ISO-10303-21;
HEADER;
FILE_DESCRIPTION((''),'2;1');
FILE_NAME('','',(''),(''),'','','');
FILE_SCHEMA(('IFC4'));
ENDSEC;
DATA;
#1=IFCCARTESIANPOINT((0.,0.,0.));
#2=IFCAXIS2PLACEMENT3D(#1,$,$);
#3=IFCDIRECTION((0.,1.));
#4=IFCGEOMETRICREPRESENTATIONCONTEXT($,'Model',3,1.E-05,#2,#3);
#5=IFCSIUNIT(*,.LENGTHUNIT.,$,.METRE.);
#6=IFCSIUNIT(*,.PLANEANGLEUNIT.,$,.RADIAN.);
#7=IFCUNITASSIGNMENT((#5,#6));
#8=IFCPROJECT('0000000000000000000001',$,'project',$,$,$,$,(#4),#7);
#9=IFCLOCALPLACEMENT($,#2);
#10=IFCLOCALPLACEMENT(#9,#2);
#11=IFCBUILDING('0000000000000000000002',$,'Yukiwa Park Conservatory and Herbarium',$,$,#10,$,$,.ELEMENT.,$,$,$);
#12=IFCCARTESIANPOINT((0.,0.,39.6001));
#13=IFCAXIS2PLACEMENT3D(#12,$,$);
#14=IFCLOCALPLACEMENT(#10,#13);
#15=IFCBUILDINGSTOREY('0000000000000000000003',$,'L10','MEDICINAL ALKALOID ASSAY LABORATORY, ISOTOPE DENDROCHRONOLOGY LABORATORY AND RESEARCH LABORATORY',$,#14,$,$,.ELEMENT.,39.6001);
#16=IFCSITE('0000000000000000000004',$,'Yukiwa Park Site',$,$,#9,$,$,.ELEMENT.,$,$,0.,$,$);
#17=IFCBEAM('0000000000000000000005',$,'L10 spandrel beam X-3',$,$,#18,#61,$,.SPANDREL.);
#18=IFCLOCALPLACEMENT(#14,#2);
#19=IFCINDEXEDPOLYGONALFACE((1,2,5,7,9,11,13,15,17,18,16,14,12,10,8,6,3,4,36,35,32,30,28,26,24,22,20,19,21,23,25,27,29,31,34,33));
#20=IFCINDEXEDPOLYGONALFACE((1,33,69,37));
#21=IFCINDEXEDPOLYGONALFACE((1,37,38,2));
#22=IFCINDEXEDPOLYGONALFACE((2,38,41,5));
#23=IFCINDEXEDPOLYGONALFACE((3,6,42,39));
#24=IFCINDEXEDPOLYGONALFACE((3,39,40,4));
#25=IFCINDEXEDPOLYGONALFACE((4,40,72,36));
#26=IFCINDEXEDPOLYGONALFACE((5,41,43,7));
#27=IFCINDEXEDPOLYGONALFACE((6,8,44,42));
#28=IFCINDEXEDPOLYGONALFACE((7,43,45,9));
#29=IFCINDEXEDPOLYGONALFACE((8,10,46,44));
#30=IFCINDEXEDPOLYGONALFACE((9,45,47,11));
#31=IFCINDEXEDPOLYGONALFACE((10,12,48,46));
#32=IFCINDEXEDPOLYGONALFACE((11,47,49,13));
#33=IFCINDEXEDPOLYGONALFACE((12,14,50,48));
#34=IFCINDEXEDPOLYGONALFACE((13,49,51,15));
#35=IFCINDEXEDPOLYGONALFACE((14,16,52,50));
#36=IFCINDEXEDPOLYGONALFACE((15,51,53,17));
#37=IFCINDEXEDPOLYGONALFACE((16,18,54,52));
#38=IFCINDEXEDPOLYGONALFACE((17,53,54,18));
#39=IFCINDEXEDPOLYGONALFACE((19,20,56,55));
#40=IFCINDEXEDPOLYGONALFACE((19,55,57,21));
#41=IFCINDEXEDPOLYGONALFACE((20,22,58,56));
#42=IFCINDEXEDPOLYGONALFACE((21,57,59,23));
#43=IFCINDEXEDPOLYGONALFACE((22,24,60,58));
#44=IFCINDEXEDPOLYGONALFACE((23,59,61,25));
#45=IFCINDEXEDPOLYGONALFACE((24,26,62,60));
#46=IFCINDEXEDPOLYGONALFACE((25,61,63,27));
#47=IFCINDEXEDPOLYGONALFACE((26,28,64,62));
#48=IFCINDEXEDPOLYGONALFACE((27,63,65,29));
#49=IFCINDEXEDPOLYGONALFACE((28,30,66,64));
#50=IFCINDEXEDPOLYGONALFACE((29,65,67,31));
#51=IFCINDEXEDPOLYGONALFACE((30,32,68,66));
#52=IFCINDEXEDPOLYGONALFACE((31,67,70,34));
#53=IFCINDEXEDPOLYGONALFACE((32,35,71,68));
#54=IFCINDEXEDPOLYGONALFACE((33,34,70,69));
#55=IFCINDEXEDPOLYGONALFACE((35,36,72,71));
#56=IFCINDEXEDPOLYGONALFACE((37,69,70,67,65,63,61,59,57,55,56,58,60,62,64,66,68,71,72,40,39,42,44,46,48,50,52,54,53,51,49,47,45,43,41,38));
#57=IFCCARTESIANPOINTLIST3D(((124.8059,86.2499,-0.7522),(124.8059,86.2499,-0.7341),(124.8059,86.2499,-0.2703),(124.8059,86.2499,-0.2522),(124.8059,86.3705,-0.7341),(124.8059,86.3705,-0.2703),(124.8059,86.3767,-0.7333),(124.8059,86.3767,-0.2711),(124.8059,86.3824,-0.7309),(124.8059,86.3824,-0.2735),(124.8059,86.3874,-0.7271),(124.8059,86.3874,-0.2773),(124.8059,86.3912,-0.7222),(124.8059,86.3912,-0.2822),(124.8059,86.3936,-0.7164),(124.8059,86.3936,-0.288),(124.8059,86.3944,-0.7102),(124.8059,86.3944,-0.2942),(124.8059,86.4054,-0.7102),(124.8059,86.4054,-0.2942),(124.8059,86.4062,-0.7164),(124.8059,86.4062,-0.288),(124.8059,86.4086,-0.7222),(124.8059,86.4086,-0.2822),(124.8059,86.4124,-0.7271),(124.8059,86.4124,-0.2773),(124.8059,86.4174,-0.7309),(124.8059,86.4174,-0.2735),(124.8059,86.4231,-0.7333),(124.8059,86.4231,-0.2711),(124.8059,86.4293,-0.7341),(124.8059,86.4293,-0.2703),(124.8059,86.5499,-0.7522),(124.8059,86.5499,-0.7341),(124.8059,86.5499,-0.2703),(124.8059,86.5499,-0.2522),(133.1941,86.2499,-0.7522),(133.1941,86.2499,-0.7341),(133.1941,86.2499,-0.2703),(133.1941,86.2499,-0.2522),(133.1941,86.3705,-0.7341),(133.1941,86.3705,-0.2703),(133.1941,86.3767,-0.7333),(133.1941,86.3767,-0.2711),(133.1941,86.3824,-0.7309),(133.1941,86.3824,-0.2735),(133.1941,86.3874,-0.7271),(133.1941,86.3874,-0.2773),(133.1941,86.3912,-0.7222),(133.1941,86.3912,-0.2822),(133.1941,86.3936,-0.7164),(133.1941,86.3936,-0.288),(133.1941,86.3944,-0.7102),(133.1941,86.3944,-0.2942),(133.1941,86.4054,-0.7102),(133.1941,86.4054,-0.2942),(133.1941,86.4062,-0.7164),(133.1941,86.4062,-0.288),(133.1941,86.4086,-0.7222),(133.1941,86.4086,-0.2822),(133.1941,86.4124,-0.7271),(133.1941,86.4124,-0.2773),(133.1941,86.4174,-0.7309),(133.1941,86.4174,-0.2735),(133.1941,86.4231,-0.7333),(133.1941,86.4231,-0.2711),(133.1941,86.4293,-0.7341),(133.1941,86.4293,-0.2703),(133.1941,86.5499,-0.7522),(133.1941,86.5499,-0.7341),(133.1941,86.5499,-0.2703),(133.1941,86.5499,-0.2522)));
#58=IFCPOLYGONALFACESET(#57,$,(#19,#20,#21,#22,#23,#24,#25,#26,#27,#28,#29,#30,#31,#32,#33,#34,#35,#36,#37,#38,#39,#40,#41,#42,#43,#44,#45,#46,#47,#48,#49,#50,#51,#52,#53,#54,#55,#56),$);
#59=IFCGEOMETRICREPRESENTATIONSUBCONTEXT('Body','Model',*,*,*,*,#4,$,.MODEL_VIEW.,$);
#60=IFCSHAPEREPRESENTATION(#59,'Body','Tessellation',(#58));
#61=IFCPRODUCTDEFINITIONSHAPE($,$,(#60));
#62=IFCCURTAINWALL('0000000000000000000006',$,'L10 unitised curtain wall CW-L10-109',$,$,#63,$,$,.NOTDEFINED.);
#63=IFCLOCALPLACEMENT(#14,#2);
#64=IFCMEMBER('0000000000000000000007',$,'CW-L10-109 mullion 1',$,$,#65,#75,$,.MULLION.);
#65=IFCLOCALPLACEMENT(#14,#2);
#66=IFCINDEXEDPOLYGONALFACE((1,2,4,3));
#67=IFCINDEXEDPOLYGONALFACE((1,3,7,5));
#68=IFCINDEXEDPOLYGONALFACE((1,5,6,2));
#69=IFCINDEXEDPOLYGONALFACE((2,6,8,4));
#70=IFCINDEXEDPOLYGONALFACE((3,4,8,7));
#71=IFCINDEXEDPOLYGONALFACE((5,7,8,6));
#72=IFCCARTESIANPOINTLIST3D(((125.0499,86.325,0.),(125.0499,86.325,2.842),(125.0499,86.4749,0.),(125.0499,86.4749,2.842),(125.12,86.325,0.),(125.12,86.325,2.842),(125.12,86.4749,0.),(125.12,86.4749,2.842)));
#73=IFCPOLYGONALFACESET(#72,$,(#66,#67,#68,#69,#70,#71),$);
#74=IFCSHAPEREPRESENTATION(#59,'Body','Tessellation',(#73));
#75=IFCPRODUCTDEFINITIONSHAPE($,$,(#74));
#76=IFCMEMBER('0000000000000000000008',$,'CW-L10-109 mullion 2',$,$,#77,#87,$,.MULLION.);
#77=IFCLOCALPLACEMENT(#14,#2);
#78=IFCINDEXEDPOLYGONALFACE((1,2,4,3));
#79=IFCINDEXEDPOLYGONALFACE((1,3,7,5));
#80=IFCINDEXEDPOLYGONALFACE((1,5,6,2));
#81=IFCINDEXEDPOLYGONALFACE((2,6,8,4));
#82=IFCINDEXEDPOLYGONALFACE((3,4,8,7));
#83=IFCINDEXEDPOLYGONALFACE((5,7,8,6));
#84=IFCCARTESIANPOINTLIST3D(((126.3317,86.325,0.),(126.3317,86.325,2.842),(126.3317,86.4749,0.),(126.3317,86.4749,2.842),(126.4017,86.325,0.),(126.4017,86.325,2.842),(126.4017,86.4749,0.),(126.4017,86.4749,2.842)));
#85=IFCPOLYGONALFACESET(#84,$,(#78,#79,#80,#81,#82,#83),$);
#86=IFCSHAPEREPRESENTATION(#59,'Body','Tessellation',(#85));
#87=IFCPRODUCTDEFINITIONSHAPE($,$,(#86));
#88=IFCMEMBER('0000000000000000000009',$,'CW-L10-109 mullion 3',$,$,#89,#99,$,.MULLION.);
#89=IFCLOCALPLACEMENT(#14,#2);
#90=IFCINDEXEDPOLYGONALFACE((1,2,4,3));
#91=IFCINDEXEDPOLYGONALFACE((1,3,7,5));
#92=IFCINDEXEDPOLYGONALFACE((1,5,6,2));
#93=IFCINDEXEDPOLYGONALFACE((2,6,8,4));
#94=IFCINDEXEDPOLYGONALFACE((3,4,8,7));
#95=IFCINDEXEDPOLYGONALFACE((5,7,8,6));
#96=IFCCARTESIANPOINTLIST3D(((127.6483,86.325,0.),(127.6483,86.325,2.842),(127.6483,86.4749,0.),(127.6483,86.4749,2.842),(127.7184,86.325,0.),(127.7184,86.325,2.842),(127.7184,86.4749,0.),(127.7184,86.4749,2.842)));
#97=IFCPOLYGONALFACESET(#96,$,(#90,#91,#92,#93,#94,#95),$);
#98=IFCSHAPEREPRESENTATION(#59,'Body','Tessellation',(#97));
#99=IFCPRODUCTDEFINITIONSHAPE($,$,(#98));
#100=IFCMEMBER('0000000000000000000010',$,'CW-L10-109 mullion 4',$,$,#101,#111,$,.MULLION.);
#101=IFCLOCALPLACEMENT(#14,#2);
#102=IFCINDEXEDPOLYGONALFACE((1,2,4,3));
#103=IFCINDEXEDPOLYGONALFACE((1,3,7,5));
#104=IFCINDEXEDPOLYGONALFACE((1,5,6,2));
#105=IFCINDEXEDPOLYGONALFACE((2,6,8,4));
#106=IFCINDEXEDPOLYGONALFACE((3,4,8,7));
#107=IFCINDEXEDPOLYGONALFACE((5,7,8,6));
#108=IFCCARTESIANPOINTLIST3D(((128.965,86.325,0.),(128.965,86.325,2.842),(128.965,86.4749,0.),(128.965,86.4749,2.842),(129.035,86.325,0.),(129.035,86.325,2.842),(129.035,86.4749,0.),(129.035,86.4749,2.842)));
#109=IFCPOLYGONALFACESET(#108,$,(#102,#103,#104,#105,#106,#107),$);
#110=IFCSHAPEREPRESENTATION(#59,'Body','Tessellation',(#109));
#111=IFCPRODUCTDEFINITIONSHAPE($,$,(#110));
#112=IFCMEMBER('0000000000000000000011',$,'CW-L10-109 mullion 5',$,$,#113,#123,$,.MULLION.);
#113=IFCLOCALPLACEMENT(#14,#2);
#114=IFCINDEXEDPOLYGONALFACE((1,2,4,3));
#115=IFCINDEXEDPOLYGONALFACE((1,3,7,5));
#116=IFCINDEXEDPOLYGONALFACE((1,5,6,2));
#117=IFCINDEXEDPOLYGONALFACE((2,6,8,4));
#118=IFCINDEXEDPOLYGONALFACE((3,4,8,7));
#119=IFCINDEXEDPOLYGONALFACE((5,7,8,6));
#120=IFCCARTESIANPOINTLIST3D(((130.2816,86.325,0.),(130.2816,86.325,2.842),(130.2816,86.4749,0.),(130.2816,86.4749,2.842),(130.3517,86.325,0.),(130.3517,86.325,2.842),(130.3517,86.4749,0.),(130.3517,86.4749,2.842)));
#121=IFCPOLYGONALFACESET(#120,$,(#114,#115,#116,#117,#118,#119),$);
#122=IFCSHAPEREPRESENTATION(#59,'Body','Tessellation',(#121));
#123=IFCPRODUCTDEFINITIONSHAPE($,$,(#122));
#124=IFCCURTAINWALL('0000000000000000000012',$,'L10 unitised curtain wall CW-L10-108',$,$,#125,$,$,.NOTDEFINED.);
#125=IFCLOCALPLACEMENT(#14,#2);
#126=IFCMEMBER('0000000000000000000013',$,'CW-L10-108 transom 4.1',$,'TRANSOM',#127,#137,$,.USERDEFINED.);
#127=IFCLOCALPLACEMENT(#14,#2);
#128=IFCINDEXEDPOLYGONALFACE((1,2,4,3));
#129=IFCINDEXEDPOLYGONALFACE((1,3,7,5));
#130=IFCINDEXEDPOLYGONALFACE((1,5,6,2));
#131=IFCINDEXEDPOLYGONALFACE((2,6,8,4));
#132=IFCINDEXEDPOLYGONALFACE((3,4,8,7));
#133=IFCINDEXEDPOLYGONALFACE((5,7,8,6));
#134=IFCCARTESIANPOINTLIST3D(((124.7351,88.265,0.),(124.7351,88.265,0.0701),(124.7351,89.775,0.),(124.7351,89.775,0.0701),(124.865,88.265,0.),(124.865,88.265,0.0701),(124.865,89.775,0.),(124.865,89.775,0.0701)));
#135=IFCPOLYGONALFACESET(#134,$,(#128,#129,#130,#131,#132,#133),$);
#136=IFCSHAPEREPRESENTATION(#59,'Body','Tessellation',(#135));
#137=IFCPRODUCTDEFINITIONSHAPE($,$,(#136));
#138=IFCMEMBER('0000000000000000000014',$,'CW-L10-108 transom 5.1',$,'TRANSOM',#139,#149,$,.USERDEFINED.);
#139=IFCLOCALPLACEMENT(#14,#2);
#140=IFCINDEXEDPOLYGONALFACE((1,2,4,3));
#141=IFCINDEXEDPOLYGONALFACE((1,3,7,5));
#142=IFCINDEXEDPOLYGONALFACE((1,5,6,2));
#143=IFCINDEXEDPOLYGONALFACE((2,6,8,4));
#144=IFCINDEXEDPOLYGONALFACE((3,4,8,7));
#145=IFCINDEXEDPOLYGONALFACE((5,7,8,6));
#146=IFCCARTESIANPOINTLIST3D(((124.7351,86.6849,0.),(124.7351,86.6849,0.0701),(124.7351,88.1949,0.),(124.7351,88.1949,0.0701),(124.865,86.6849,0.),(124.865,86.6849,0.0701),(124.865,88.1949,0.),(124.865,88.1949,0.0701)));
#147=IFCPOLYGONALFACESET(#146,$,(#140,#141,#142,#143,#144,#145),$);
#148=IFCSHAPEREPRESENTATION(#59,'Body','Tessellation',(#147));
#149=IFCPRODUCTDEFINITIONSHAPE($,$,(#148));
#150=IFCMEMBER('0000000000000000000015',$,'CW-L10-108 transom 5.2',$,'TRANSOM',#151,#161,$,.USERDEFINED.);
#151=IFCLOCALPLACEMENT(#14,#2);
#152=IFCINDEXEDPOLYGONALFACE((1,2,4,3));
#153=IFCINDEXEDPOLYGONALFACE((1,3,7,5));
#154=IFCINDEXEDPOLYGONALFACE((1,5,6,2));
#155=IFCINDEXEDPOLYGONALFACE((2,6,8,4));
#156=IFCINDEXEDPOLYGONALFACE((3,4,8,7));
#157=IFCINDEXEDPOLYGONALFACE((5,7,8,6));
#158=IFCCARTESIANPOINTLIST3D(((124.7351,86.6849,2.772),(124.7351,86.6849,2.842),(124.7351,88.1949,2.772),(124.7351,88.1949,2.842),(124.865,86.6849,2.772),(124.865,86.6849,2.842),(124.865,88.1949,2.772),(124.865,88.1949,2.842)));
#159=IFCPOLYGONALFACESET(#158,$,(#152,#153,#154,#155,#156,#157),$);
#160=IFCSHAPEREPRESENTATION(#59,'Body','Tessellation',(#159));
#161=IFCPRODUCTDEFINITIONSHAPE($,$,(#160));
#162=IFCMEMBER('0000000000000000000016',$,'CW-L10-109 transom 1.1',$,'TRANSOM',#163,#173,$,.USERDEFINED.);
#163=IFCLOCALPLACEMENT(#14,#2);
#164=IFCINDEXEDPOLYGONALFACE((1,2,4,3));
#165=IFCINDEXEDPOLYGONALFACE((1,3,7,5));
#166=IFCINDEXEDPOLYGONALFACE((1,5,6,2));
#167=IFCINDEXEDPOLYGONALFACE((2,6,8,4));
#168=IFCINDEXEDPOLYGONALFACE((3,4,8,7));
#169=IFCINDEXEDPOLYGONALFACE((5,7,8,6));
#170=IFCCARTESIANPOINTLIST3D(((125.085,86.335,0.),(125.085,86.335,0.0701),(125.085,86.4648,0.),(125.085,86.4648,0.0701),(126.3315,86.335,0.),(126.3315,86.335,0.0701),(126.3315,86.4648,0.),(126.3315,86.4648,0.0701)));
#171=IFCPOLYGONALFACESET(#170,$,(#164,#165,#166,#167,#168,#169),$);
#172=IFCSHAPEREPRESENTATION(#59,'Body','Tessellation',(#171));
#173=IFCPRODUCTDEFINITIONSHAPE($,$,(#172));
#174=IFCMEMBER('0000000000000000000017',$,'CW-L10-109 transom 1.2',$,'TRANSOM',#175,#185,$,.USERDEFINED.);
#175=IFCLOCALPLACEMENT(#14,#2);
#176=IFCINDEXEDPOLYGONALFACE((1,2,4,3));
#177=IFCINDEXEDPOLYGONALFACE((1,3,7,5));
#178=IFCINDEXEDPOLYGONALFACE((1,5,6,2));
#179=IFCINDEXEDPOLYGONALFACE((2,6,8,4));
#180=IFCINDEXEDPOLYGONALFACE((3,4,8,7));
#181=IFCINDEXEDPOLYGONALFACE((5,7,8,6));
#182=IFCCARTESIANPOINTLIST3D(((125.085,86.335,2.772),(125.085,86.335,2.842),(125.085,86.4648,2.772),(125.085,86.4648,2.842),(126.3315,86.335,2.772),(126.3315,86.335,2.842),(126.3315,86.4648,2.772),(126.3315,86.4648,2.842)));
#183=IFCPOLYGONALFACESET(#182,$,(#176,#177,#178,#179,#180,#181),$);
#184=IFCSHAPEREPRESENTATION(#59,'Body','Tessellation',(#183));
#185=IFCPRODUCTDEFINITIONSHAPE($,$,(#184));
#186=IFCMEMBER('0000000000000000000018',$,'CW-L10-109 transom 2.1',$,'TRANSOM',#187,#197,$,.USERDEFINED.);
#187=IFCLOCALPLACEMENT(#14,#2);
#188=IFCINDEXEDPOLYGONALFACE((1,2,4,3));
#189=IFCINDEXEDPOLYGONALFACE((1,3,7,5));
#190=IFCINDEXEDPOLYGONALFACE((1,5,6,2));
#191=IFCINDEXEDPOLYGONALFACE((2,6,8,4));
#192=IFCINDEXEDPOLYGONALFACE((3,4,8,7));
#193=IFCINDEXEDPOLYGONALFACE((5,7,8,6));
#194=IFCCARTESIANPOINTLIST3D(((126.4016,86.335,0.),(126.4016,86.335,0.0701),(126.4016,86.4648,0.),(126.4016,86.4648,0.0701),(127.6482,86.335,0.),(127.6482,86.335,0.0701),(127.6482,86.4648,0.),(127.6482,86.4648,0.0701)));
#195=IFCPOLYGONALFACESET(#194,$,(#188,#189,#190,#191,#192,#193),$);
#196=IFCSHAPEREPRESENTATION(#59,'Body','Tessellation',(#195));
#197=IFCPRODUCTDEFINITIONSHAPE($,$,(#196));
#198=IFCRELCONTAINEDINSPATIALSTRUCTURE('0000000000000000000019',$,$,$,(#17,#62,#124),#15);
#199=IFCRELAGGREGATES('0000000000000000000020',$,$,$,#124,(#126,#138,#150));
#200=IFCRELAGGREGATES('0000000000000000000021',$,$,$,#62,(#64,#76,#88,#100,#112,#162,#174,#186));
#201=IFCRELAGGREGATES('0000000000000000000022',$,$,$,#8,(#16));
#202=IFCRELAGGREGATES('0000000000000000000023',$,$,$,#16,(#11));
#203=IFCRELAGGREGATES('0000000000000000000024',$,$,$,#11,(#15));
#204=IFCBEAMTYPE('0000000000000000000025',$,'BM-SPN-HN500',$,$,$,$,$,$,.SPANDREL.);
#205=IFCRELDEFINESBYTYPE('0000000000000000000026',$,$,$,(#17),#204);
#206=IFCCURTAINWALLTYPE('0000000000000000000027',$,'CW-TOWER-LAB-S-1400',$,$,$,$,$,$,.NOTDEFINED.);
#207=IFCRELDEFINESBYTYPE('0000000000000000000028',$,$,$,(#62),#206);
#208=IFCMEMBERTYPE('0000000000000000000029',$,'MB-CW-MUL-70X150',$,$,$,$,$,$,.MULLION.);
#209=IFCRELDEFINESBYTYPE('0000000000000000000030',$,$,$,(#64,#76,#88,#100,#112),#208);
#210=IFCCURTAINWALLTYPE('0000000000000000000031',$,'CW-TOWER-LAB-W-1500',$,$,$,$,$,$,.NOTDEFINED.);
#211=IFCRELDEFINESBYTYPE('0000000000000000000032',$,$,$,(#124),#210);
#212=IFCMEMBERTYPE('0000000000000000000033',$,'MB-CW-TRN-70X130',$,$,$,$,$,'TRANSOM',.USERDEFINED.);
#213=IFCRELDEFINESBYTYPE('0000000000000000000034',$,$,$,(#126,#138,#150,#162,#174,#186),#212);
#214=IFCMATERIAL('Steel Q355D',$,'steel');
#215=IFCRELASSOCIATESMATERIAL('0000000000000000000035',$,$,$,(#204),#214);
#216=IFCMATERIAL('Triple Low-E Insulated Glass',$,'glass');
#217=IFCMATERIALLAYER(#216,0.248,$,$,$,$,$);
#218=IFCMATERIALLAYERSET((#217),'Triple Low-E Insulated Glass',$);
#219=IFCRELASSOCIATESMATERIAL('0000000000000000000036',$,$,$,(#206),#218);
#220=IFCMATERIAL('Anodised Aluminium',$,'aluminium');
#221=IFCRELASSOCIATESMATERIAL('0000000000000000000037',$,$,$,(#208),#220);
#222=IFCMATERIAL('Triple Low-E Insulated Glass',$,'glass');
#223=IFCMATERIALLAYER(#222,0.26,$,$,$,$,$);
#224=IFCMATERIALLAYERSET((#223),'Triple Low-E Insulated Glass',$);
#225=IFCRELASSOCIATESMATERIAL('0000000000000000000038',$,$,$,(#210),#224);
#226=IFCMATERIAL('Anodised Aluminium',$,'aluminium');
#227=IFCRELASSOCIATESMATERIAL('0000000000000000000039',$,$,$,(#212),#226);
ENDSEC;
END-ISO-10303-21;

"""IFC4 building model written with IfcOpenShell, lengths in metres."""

from ifc_helpers import new_model, si_unit, direction, frame, origin, origin_2d, place, context, subcontext, project, spatial, rectangle, i_section, extrude, material, layer, layer_set, material_profile, profile_set, type_object, element, aggregate, save


model = new_model("IFC4")

# Units and contexts
model_context = context("Model", 3, precision=1e-05, world=origin(), true_north=direction((0.0, 1.0)))
body_context = subcontext(model_context, "Body", "Model", "MODEL_VIEW")
ifc_project = project(units=[si_unit("LENGTHUNIT", "METRE"), si_unit("PLANEANGLEUNIT", "RADIAN")], contexts=[model_context])

# Site, building, storey
site_placement = place(None, origin())
site = spatial("IfcSite", under=ifc_project, at=site_placement, Name="Yukiwa Park Site", CompositionType="ELEMENT", RefElevation=0.0)
building_placement = place(site_placement, origin())
building = spatial("IfcBuilding", under=site, at=building_placement, Name="Yukiwa Park Conservatory and Herbarium", CompositionType="ELEMENT")
storey_placement = place(building_placement, frame((0.0, 0.0, 39.6001)))
storey = spatial("IfcBuildingStorey", under=building, at=storey_placement, Name="L10", Description="MEDICINAL ALKALOID ASSAY LABORATORY, ISOTOPE DENDROCHRONOLOGY LABORATORY AND RESEARCH LABORATORY", CompositionType="ELEMENT", Elevation=39.6001)

# Beam
ifc_material_1 = material(Name="Steel Q355D", Category="steel")
ifc_material_profile = material_profile(ifc_material_1, i_section(OverallWidth=0.3, OverallDepth=0.5, WebThickness=0.011, FlangeThickness=0.0181, FilletRadius=0.0239, at=origin_2d()), Name="HM 500x300x11x18")
ifc_profile_set = profile_set([ifc_material_profile], Name="Steel Q355D")
beam_type = type_object("IfcBeamType", Name="BM-SPN-HN500", PredefinedType="SPANDREL", material=ifc_profile_set)
beam_placement = place(storey_placement, frame((124.8059, 86.3999, -0.5022), z_axis=(1.0, 0.0, 0.0), x_axis=(0.0, 1.0, 0.0)))
element("IfcBeam", 1, at=beam_placement, inside=storey, type_object=beam_type, Name="L10 spandrel beam X-3", PredefinedType="SPANDREL", context=body_context, shape_type="SweptSolid", body=[
    extrude(i_section(OverallWidth=0.3, OverallDepth=0.5, WebThickness=0.011, FlangeThickness=0.0181, FilletRadius=0.0239, at=origin_2d()), origin(), (0.0, 0.0, 1.0), 8.3882),
])

# Curtain walls, members
ifc_material_2 = material(Name="Triple Low-E Insulated Glass", Category="glass")
ifc_layer_1 = layer(ifc_material_2, 0.248)
ifc_layer_set_1 = layer_set([ifc_layer_1], Name="Triple Low-E Insulated Glass")
curtain_wall_type_1 = type_object("IfcCurtainWallType", Name="CW-TOWER-LAB-S-1400", PredefinedType="NOTDEFINED", material=ifc_layer_set_1)
curtain_wall_1_placement = place(storey_placement, origin())
curtain_wall_1 = element("IfcCurtainWall", 2, at=curtain_wall_1_placement, inside=storey, type_object=curtain_wall_type_1, Name="L10 unitised curtain wall CW-L10-109", PredefinedType="NOTDEFINED")
ifc_material_3 = material(Name="Anodised Aluminium", Category="aluminium")
member_type_1 = type_object("IfcMemberType", Name="MB-CW-MUL-70X150", PredefinedType="MULLION", material=ifc_material_3)
member_1_placement = place(storey_placement, frame((125.085, 86.3999, 0.0), z_axis=(0.0, 0.0, 1.0), x_axis=(1.0, 0.0, 0.0)))
member_1 = element("IfcMember", 3, at=member_1_placement, type_object=member_type_1, Name="CW-L10-109 mullion 1", PredefinedType="MULLION", context=body_context, shape_type="SweptSolid", body=[
    extrude(rectangle(XDim=0.0701, YDim=0.1499, at=origin_2d()), origin(), (0.0, 0.0, 1.0), 2.842),
])
member_2_placement = place(storey_placement, frame((126.3667, 86.3999, 0.0), z_axis=(0.0, 0.0, 1.0), x_axis=(1.0, 0.0, 0.0)))
member_2 = element("IfcMember", 4, at=member_2_placement, type_object=member_type_1, Name="CW-L10-109 mullion 2", PredefinedType="MULLION", context=body_context, shape_type="SweptSolid", body=[
    extrude(rectangle(XDim=0.0701, YDim=0.1499, at=origin_2d()), origin(), (0.0, 0.0, 1.0), 2.842),
])
member_3_placement = place(storey_placement, frame((127.6833, 86.3999, 0.0), z_axis=(0.0, 0.0, 1.0), x_axis=(1.0, 0.0, 0.0)))
member_3 = element("IfcMember", 5, at=member_3_placement, type_object=member_type_1, Name="CW-L10-109 mullion 3", PredefinedType="MULLION", context=body_context, shape_type="SweptSolid", body=[
    extrude(rectangle(XDim=0.0701, YDim=0.1499, at=origin_2d()), origin(), (0.0, 0.0, 1.0), 2.842),
])
member_4_placement = place(storey_placement, frame((129.0, 86.3999, 0.0), z_axis=(0.0, 0.0, 1.0), x_axis=(1.0, 0.0, 0.0)))
member_4 = element("IfcMember", 6, at=member_4_placement, type_object=member_type_1, Name="CW-L10-109 mullion 4", PredefinedType="MULLION", context=body_context, shape_type="SweptSolid", body=[
    extrude(rectangle(XDim=0.0701, YDim=0.1499, at=origin_2d()), origin(), (0.0, 0.0, 1.0), 2.842),
])
member_5_placement = place(storey_placement, frame((130.3167, 86.3999, 0.0), z_axis=(0.0, 0.0, 1.0), x_axis=(1.0, 0.0, 0.0)))
member_5 = element("IfcMember", 7, at=member_5_placement, type_object=member_type_1, Name="CW-L10-109 mullion 5", PredefinedType="MULLION", context=body_context, shape_type="SweptSolid", body=[
    extrude(rectangle(XDim=0.0701, YDim=0.1499, at=origin_2d()), origin(), (0.0, 0.0, 1.0), 2.842),
])
ifc_material_4 = material(Name="Triple Low-E Insulated Glass", Category="glass")
ifc_layer_2 = layer(ifc_material_4, 0.26)
ifc_layer_set_2 = layer_set([ifc_layer_2], Name="Triple Low-E Insulated Glass")
curtain_wall_type_2 = type_object("IfcCurtainWallType", Name="CW-TOWER-LAB-W-1500", PredefinedType="NOTDEFINED", material=ifc_layer_set_2)
curtain_wall_2_placement = place(storey_placement, origin())
curtain_wall_2 = element("IfcCurtainWall", 8, at=curtain_wall_2_placement, inside=storey, type_object=curtain_wall_type_2, Name="L10 unitised curtain wall CW-L10-108", PredefinedType="NOTDEFINED")
ifc_material_5 = material(Name="Anodised Aluminium", Category="aluminium")
member_type_2 = type_object("IfcMemberType", Name="MB-CW-TRN-70X130", ElementType="TRANSOM", PredefinedType="USERDEFINED", material=ifc_material_5)
member_6_placement = place(storey_placement, frame((124.8, 89.02, 0.0), z_axis=(0.0, 0.0, 1.0), x_axis=(0.0, -1.0, 0.0)))
member_6 = element("IfcMember", 9, at=member_6_placement, type_object=member_type_2, Name="CW-L10-108 transom 4.1", ObjectType="TRANSOM", PredefinedType="USERDEFINED", context=body_context, shape_type="SweptSolid", body=[
    extrude(rectangle(XDim=1.51, YDim=0.1299, at=origin_2d()), origin(), (0.0, 0.0, 1.0), 0.0701),
])
member_7_placement = place(storey_placement, frame((124.8, 87.4399, 0.0), z_axis=(0.0, 0.0, 1.0), x_axis=(0.0, -1.0, 0.0)))
member_7 = element("IfcMember", 10, at=member_7_placement, type_object=member_type_2, Name="CW-L10-108 transom 5.1", ObjectType="TRANSOM", PredefinedType="USERDEFINED", context=body_context, shape_type="SweptSolid", body=[
    extrude(rectangle(XDim=1.51, YDim=0.1299, at=origin_2d()), origin(), (0.0, 0.0, 1.0), 0.0701),
])
member_8_placement = place(storey_placement, frame((124.8, 87.4399, 2.772), z_axis=(0.0, 0.0, 1.0), x_axis=(0.0, -1.0, 0.0)))
member_8 = element("IfcMember", 11, at=member_8_placement, type_object=member_type_2, Name="CW-L10-108 transom 5.2", ObjectType="TRANSOM", PredefinedType="USERDEFINED", context=body_context, shape_type="SweptSolid", body=[
    extrude(rectangle(XDim=1.51, YDim=0.1299, at=origin_2d()), origin(), (0.0, 0.0, 1.0), 0.0701),
])

# Members
member_9_placement = place(storey_placement, frame((125.7083, 86.3999, 0.0), z_axis=(0.0, 0.0, 1.0), x_axis=(1.0, 0.0, 0.0)))
member_9 = element("IfcMember", 12, at=member_9_placement, type_object=member_type_2, Name="CW-L10-109 transom 1.1", ObjectType="TRANSOM", PredefinedType="USERDEFINED", context=body_context, shape_type="SweptSolid", body=[
    extrude(rectangle(XDim=1.2466, YDim=0.1299, at=origin_2d()), origin(), (0.0, 0.0, 1.0), 0.0701),
])
member_10_placement = place(storey_placement, frame((125.7083, 86.3999, 2.772), z_axis=(0.0, 0.0, 1.0), x_axis=(1.0, 0.0, 0.0)))
member_10 = element("IfcMember", 13, at=member_10_placement, type_object=member_type_2, Name="CW-L10-109 transom 1.2", ObjectType="TRANSOM", PredefinedType="USERDEFINED", context=body_context, shape_type="SweptSolid", body=[
    extrude(rectangle(XDim=1.2466, YDim=0.1299, at=origin_2d()), origin(), (0.0, 0.0, 1.0), 0.0701),
])
member_11_placement = place(storey_placement, frame((127.0249, 86.3999, 0.0), z_axis=(0.0, 0.0, 1.0), x_axis=(1.0, 0.0, 0.0)))
member_11 = element("IfcMember", 14, at=member_11_placement, type_object=member_type_2, Name="CW-L10-109 transom 2.1", ObjectType="TRANSOM", PredefinedType="USERDEFINED", context=body_context, shape_type="SweptSolid", body=[
    extrude(rectangle(XDim=1.2466, YDim=0.1299, at=origin_2d()), origin(), (0.0, 0.0, 1.0), 0.0701),
])

aggregate(curtain_wall_2, [member_6, member_7, member_8])
aggregate(curtain_wall_1, [member_1, member_2, member_3, member_4, member_5, member_9, member_10, member_11])

save(model, "model.ifc")
